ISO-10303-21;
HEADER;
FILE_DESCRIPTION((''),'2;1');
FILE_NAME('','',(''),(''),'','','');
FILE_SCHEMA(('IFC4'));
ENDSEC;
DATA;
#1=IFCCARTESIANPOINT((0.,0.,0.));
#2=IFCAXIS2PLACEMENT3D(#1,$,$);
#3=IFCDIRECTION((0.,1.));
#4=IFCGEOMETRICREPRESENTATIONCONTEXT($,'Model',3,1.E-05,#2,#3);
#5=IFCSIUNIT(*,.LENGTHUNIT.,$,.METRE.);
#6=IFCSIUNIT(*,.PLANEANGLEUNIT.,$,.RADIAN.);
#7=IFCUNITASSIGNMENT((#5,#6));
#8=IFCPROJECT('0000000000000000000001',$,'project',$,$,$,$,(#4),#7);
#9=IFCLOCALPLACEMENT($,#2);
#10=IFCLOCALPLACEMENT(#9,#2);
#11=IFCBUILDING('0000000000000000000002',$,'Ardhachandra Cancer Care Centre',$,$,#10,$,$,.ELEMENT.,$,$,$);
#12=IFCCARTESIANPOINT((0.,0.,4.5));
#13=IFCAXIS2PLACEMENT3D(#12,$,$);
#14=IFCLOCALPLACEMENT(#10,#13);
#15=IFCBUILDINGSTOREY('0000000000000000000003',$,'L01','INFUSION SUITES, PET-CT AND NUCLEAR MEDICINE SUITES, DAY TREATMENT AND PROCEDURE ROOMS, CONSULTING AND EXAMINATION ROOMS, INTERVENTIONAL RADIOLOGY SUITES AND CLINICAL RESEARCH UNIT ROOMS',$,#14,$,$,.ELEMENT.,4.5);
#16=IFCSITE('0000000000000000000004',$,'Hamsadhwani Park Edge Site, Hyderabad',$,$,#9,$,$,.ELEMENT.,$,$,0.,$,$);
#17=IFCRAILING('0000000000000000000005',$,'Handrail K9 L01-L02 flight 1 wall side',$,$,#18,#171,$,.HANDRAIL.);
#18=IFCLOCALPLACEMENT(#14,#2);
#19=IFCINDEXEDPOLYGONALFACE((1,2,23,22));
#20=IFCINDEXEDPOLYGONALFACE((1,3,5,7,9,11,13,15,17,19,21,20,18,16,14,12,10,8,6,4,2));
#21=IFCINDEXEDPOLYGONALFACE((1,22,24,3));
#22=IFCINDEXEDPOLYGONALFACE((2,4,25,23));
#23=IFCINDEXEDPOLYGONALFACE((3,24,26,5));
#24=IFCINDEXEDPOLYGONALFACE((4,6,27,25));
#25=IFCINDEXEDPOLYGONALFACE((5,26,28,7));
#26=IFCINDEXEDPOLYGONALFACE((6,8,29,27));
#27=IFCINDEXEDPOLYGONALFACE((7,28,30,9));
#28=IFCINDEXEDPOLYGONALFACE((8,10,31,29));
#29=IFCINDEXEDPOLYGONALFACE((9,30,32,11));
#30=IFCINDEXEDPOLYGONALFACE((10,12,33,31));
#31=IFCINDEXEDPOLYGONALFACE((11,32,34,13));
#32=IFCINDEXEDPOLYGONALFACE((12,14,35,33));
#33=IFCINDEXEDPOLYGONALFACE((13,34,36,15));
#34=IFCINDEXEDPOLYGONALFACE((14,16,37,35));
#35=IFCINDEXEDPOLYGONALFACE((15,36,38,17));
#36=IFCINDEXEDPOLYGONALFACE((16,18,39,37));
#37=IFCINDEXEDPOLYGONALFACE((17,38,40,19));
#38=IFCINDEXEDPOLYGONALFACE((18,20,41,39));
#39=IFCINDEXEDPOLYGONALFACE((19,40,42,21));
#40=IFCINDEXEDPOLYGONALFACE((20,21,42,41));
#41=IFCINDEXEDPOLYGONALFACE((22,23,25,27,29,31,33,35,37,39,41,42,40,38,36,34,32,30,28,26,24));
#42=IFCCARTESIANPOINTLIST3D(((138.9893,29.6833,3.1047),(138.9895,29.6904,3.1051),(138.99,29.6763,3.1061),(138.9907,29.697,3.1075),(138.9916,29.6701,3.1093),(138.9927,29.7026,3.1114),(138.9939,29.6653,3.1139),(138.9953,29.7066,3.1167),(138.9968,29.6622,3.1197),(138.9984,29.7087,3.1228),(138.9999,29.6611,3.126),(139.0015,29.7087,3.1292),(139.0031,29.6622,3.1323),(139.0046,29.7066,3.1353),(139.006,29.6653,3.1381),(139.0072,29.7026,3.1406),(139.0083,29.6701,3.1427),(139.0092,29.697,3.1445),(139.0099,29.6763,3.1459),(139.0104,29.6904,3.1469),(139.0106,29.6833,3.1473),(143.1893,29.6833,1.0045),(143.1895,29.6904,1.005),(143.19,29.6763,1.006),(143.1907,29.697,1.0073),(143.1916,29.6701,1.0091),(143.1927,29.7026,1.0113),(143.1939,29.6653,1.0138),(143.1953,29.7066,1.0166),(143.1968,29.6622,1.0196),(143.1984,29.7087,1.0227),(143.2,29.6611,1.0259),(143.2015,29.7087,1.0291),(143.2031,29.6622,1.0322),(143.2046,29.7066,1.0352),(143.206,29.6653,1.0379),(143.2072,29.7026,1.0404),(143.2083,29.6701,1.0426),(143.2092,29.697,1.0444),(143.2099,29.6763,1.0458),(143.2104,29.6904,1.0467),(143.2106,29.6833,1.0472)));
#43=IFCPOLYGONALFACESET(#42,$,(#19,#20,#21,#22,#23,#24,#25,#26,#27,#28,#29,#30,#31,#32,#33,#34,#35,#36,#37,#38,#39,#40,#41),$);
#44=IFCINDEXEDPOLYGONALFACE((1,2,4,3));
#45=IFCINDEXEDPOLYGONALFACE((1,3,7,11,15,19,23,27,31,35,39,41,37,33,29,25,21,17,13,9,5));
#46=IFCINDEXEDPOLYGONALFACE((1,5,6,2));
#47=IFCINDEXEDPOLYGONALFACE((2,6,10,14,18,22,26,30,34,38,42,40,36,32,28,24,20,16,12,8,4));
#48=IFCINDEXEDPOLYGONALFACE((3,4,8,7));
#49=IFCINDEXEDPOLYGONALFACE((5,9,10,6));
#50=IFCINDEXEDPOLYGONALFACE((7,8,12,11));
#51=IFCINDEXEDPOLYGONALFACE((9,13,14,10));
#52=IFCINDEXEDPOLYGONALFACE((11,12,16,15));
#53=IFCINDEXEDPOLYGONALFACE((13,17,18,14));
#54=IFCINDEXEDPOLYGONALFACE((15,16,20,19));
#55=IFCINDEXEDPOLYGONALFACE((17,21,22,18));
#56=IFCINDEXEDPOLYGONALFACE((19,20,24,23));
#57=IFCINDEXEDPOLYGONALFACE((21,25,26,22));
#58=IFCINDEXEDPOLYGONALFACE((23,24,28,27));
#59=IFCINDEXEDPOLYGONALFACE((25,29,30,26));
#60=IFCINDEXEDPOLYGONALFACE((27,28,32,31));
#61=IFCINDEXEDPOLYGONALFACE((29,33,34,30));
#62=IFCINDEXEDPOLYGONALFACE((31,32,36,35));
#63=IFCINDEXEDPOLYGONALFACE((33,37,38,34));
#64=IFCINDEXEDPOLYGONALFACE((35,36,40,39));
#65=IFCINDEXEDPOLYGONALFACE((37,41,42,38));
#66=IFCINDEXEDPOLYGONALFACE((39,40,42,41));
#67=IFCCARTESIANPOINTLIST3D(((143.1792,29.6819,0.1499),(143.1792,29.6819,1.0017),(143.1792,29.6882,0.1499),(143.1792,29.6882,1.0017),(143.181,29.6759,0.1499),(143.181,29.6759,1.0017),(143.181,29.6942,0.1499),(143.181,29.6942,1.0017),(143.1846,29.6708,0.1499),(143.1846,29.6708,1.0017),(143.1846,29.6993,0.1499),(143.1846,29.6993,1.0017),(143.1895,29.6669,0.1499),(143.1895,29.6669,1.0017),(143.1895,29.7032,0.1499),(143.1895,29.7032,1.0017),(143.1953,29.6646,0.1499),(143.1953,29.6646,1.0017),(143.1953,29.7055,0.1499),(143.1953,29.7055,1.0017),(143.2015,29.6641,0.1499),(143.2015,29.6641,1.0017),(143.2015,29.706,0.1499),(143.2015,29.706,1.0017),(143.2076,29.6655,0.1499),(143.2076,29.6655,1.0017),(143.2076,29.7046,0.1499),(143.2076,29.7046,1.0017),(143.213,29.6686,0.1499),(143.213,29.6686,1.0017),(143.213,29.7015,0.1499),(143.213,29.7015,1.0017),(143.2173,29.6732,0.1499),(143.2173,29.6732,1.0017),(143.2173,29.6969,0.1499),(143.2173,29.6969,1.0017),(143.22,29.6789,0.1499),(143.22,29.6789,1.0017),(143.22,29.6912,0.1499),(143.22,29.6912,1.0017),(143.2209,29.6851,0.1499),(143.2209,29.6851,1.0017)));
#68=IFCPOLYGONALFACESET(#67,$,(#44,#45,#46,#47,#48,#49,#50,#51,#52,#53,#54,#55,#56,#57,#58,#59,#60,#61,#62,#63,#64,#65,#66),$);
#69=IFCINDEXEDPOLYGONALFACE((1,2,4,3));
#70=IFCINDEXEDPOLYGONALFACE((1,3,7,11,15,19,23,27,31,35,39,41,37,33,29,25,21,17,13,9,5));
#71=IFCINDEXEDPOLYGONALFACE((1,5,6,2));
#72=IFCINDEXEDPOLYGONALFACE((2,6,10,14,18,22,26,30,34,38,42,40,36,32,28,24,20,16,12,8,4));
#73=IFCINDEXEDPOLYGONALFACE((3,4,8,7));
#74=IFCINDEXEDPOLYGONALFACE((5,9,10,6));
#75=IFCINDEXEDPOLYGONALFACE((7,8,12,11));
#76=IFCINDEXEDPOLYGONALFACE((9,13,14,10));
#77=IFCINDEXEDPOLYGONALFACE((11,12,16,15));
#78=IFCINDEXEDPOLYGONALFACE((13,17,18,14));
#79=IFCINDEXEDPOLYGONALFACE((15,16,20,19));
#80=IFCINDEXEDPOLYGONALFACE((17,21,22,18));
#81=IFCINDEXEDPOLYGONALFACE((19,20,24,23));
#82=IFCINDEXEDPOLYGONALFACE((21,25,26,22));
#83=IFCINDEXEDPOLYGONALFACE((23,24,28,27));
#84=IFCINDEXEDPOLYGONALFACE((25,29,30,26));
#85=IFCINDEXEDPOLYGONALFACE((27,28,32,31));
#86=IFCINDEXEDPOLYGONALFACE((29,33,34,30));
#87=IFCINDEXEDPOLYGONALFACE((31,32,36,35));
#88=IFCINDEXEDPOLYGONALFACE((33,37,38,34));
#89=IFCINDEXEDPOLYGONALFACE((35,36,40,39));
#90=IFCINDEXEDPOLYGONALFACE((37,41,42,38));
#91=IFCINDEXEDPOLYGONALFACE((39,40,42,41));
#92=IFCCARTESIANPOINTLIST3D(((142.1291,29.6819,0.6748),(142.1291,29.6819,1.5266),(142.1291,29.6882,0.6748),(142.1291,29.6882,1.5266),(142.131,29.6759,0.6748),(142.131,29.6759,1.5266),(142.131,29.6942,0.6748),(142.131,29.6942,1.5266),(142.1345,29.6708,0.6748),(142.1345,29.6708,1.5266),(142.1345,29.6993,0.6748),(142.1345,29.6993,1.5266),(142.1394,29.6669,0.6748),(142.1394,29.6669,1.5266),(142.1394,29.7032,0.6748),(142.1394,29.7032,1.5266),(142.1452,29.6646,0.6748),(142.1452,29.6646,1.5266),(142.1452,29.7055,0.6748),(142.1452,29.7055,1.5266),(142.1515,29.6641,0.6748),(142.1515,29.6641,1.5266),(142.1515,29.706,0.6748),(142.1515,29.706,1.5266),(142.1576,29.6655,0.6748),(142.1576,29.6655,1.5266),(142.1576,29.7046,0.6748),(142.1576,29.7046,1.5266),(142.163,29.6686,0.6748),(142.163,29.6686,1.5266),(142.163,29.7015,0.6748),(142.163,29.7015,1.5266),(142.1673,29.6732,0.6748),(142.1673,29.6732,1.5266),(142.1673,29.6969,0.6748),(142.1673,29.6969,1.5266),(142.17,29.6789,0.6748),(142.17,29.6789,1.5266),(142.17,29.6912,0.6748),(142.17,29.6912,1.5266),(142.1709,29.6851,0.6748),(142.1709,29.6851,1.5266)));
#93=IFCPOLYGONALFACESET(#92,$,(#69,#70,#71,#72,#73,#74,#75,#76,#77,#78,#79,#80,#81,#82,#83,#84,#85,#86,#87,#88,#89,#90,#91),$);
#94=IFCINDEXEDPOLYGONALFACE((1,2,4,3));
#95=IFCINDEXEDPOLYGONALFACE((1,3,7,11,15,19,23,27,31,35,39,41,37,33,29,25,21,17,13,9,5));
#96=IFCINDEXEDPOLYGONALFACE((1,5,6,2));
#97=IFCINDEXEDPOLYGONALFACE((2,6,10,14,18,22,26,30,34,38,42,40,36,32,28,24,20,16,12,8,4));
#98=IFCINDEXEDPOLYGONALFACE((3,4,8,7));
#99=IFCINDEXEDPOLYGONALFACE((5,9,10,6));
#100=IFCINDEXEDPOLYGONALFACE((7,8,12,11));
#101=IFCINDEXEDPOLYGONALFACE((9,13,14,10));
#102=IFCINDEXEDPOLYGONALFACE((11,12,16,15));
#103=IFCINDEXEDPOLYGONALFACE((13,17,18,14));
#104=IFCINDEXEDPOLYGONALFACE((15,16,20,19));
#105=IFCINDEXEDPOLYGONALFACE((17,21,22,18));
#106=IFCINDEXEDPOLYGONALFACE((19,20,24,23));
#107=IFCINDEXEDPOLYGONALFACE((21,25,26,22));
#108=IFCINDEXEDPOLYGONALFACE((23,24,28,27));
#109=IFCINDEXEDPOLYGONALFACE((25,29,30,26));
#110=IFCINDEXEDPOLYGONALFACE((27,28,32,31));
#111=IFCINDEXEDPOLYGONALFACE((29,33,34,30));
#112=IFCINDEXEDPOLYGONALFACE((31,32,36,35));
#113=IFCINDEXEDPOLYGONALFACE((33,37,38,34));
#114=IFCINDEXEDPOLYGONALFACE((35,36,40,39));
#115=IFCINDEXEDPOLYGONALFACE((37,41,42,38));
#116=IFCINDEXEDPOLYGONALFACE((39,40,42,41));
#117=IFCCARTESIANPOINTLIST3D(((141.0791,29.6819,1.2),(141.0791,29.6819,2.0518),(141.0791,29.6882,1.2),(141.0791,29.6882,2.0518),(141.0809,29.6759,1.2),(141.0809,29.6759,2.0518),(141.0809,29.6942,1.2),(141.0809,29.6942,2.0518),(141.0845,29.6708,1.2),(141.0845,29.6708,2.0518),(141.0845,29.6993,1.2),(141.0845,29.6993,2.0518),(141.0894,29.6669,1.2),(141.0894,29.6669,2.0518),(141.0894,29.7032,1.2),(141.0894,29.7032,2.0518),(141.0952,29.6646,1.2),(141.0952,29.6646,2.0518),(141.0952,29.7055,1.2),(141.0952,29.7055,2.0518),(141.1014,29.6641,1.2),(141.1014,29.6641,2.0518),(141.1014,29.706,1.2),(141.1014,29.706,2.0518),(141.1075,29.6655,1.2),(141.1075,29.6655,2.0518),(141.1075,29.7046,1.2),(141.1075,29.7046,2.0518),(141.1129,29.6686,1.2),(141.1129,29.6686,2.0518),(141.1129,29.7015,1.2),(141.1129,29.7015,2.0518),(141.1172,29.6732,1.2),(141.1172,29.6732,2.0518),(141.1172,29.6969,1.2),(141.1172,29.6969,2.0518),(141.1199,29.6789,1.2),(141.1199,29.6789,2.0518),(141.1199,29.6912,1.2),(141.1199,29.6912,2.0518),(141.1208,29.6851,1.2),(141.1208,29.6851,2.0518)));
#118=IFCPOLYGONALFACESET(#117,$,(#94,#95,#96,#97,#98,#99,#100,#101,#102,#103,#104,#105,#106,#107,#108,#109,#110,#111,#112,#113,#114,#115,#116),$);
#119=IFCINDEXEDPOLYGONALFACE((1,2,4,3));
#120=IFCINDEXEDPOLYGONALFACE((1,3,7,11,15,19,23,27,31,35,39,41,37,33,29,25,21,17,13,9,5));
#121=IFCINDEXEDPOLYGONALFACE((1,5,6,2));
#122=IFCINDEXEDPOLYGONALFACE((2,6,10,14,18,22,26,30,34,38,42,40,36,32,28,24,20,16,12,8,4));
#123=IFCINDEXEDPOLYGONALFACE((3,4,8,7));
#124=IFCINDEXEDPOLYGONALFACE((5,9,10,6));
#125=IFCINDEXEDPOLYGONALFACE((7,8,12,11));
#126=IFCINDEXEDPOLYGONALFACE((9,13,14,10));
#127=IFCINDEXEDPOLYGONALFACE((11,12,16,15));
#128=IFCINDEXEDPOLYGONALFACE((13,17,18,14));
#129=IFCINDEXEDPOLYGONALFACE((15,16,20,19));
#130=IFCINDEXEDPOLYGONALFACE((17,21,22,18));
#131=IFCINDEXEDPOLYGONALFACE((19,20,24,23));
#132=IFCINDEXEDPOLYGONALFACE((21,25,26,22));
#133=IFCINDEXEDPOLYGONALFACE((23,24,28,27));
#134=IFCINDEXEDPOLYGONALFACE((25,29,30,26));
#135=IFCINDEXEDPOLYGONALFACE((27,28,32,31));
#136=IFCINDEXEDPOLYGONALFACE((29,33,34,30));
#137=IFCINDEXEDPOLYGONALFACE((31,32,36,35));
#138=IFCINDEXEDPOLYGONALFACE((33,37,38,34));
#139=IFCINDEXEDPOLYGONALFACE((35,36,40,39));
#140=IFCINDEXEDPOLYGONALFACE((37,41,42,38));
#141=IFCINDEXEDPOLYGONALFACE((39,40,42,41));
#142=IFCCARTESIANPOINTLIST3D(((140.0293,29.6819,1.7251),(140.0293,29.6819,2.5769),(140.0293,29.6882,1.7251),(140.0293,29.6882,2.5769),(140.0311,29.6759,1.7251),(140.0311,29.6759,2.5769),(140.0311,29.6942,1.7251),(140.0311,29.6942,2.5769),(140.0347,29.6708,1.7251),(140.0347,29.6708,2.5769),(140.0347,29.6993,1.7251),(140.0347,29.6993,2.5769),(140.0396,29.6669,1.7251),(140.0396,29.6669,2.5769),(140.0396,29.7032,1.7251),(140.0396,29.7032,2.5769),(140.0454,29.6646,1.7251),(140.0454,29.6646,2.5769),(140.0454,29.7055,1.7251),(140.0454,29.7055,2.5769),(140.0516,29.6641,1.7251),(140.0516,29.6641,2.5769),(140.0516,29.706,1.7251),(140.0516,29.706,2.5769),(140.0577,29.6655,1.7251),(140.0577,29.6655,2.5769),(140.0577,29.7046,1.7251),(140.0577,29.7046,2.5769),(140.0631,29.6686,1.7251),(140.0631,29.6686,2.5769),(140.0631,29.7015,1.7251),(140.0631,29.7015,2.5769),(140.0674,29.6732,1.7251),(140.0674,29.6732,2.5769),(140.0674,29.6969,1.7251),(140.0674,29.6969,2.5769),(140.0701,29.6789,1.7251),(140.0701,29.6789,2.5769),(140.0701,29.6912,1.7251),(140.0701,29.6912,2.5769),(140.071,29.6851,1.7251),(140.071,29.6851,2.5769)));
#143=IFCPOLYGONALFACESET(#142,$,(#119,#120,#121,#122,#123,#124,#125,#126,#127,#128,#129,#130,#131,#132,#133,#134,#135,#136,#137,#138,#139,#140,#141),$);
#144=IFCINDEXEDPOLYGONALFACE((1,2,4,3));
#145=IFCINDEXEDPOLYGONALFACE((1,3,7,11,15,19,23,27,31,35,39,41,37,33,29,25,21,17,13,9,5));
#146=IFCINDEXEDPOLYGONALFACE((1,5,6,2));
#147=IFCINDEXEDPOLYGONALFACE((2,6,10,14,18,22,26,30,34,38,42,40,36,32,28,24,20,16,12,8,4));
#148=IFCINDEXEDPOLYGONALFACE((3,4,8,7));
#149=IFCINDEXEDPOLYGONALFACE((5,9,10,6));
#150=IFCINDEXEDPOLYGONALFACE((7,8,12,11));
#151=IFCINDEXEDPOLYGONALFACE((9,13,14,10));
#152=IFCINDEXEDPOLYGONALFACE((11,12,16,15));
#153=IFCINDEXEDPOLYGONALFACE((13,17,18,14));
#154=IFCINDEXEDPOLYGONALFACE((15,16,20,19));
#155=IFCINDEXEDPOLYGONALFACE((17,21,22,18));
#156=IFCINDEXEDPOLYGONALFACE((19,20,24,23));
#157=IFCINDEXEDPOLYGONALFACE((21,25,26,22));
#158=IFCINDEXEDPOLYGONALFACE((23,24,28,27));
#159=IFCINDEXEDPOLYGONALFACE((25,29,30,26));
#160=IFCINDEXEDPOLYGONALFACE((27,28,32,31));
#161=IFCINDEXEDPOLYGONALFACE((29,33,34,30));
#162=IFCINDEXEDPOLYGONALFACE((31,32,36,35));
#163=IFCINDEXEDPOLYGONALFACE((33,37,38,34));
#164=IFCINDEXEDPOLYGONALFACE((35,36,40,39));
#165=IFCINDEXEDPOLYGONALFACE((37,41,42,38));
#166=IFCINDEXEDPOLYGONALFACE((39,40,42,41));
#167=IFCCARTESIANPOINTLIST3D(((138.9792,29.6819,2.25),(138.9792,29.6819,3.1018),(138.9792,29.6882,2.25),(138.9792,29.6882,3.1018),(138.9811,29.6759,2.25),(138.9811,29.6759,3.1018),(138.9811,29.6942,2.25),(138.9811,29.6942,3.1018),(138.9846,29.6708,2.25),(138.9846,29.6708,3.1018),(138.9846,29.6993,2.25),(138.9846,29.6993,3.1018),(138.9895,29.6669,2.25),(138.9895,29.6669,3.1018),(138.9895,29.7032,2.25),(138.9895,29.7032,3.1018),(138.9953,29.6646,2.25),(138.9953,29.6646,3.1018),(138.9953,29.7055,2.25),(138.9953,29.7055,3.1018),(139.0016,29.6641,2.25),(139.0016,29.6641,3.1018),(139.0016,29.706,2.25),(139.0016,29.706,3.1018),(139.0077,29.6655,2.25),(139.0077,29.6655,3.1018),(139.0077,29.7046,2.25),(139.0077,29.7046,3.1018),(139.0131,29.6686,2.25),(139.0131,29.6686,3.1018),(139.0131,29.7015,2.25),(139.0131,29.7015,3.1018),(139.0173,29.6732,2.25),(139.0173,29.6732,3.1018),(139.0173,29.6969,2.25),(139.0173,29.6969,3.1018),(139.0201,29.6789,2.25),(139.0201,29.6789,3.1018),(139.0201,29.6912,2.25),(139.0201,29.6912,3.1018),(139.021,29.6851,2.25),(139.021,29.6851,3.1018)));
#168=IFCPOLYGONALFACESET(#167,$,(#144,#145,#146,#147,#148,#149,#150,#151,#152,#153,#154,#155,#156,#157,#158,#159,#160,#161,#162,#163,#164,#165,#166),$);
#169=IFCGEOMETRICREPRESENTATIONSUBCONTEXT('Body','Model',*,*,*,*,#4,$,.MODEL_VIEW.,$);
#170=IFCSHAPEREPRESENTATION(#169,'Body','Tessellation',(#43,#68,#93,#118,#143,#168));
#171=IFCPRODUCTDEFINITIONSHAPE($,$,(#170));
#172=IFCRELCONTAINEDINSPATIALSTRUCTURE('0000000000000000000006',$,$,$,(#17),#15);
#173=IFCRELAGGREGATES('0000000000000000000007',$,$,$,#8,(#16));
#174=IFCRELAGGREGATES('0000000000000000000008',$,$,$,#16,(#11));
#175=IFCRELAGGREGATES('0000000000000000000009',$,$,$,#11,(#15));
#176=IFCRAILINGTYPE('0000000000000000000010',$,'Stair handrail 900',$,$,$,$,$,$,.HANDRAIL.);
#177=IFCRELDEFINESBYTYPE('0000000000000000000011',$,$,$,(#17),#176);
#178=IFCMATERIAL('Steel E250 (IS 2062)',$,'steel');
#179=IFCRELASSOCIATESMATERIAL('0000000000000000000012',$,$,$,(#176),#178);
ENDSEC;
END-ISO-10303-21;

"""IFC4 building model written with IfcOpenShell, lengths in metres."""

from ifc_helpers import new_model, si_unit, direction, frame, origin, origin_2d, place, context, subcontext, project, spatial, circle, extrude, material, type_object, element, save


model = new_model("IFC4")

# Units and contexts
model_context = context("Model", 3, precision=1e-05, world=origin(), true_north=direction((0.0, 1.0)))
body_context = subcontext(model_context, "Body", "Model", "MODEL_VIEW")
ifc_project = project(units=[si_unit("LENGTHUNIT", "METRE"), si_unit("PLANEANGLEUNIT", "RADIAN")], contexts=[model_context])

# Site, building, storey
site_placement = place(None, origin())
site = spatial("IfcSite", under=ifc_project, at=site_placement, Name="Hamsadhwani Park Edge Site, Hyderabad", CompositionType="ELEMENT", RefElevation=0.0)
building_placement = place(site_placement, origin())
building = spatial("IfcBuilding", under=site, at=building_placement, Name="Ardhachandra Cancer Care Centre", CompositionType="ELEMENT")
storey_placement = place(building_placement, frame((0.0, 0.0, 4.5)))
storey = spatial("IfcBuildingStorey", under=building, at=storey_placement, Name="L01", Description="INFUSION SUITES, PET-CT AND NUCLEAR MEDICINE SUITES, DAY TREATMENT AND PROCEDURE ROOMS, CONSULTING AND EXAMINATION ROOMS, INTERVENTIONAL RADIOLOGY SUITES AND CLINICAL RESEARCH UNIT ROOMS", CompositionType="ELEMENT", Elevation=4.5)

# Railing
ifc_material_1 = material(Name="Steel E250 (IS 2062)", Category="steel")
railing_type_1 = type_object("IfcRailingType", Name="Stair handrail 900", PredefinedType="HANDRAIL", material=ifc_material_1)
for number, where, name in (
    (1, (143.2, 29.6851, 0.1499), "Handrail K9 L01-L02 flight 1 wall side"),
):
    element("IfcRailing", number, at=place(storey_placement, frame(where)), inside=storey, type_object=railing_type_1, Name=name, PredefinedType="HANDRAIL", context=body_context, shape_type="SweptSolid", body=[
        extrude(circle(Radius=0.0239, at=origin_2d()), frame((0.0, 0.0, 0.876), z_axis=(-0.894417, 0.0, 0.447234), x_axis=(0.0, -1.0, 0.0)), (0.0, 0.0, 1.0), 4.6958),
        extrude(circle(Radius=0.021, at=origin_2d()), origin(), (0.0, 0.0, 1.0), 0.8518),
        extrude(circle(Radius=0.021, at=origin_2d()), frame((-1.05, 0.0, 0.5249)), (0.0, 0.0, 1.0), 0.8518),
        extrude(circle(Radius=0.021, at=origin_2d()), frame((-2.1001, 0.0, 1.05)), (0.0, 0.0, 1.0), 0.8518),
        extrude(circle(Radius=0.021, at=origin_2d()), frame((-3.1499, 0.0, 1.5752)), (0.0, 0.0, 1.0), 0.8518),
        extrude(circle(Radius=0.021, at=origin_2d()), frame((-4.2, 0.0, 2.1001)), (0.0, 0.0, 1.0), 0.8518),
    ])

save(model, "model.ifc")
